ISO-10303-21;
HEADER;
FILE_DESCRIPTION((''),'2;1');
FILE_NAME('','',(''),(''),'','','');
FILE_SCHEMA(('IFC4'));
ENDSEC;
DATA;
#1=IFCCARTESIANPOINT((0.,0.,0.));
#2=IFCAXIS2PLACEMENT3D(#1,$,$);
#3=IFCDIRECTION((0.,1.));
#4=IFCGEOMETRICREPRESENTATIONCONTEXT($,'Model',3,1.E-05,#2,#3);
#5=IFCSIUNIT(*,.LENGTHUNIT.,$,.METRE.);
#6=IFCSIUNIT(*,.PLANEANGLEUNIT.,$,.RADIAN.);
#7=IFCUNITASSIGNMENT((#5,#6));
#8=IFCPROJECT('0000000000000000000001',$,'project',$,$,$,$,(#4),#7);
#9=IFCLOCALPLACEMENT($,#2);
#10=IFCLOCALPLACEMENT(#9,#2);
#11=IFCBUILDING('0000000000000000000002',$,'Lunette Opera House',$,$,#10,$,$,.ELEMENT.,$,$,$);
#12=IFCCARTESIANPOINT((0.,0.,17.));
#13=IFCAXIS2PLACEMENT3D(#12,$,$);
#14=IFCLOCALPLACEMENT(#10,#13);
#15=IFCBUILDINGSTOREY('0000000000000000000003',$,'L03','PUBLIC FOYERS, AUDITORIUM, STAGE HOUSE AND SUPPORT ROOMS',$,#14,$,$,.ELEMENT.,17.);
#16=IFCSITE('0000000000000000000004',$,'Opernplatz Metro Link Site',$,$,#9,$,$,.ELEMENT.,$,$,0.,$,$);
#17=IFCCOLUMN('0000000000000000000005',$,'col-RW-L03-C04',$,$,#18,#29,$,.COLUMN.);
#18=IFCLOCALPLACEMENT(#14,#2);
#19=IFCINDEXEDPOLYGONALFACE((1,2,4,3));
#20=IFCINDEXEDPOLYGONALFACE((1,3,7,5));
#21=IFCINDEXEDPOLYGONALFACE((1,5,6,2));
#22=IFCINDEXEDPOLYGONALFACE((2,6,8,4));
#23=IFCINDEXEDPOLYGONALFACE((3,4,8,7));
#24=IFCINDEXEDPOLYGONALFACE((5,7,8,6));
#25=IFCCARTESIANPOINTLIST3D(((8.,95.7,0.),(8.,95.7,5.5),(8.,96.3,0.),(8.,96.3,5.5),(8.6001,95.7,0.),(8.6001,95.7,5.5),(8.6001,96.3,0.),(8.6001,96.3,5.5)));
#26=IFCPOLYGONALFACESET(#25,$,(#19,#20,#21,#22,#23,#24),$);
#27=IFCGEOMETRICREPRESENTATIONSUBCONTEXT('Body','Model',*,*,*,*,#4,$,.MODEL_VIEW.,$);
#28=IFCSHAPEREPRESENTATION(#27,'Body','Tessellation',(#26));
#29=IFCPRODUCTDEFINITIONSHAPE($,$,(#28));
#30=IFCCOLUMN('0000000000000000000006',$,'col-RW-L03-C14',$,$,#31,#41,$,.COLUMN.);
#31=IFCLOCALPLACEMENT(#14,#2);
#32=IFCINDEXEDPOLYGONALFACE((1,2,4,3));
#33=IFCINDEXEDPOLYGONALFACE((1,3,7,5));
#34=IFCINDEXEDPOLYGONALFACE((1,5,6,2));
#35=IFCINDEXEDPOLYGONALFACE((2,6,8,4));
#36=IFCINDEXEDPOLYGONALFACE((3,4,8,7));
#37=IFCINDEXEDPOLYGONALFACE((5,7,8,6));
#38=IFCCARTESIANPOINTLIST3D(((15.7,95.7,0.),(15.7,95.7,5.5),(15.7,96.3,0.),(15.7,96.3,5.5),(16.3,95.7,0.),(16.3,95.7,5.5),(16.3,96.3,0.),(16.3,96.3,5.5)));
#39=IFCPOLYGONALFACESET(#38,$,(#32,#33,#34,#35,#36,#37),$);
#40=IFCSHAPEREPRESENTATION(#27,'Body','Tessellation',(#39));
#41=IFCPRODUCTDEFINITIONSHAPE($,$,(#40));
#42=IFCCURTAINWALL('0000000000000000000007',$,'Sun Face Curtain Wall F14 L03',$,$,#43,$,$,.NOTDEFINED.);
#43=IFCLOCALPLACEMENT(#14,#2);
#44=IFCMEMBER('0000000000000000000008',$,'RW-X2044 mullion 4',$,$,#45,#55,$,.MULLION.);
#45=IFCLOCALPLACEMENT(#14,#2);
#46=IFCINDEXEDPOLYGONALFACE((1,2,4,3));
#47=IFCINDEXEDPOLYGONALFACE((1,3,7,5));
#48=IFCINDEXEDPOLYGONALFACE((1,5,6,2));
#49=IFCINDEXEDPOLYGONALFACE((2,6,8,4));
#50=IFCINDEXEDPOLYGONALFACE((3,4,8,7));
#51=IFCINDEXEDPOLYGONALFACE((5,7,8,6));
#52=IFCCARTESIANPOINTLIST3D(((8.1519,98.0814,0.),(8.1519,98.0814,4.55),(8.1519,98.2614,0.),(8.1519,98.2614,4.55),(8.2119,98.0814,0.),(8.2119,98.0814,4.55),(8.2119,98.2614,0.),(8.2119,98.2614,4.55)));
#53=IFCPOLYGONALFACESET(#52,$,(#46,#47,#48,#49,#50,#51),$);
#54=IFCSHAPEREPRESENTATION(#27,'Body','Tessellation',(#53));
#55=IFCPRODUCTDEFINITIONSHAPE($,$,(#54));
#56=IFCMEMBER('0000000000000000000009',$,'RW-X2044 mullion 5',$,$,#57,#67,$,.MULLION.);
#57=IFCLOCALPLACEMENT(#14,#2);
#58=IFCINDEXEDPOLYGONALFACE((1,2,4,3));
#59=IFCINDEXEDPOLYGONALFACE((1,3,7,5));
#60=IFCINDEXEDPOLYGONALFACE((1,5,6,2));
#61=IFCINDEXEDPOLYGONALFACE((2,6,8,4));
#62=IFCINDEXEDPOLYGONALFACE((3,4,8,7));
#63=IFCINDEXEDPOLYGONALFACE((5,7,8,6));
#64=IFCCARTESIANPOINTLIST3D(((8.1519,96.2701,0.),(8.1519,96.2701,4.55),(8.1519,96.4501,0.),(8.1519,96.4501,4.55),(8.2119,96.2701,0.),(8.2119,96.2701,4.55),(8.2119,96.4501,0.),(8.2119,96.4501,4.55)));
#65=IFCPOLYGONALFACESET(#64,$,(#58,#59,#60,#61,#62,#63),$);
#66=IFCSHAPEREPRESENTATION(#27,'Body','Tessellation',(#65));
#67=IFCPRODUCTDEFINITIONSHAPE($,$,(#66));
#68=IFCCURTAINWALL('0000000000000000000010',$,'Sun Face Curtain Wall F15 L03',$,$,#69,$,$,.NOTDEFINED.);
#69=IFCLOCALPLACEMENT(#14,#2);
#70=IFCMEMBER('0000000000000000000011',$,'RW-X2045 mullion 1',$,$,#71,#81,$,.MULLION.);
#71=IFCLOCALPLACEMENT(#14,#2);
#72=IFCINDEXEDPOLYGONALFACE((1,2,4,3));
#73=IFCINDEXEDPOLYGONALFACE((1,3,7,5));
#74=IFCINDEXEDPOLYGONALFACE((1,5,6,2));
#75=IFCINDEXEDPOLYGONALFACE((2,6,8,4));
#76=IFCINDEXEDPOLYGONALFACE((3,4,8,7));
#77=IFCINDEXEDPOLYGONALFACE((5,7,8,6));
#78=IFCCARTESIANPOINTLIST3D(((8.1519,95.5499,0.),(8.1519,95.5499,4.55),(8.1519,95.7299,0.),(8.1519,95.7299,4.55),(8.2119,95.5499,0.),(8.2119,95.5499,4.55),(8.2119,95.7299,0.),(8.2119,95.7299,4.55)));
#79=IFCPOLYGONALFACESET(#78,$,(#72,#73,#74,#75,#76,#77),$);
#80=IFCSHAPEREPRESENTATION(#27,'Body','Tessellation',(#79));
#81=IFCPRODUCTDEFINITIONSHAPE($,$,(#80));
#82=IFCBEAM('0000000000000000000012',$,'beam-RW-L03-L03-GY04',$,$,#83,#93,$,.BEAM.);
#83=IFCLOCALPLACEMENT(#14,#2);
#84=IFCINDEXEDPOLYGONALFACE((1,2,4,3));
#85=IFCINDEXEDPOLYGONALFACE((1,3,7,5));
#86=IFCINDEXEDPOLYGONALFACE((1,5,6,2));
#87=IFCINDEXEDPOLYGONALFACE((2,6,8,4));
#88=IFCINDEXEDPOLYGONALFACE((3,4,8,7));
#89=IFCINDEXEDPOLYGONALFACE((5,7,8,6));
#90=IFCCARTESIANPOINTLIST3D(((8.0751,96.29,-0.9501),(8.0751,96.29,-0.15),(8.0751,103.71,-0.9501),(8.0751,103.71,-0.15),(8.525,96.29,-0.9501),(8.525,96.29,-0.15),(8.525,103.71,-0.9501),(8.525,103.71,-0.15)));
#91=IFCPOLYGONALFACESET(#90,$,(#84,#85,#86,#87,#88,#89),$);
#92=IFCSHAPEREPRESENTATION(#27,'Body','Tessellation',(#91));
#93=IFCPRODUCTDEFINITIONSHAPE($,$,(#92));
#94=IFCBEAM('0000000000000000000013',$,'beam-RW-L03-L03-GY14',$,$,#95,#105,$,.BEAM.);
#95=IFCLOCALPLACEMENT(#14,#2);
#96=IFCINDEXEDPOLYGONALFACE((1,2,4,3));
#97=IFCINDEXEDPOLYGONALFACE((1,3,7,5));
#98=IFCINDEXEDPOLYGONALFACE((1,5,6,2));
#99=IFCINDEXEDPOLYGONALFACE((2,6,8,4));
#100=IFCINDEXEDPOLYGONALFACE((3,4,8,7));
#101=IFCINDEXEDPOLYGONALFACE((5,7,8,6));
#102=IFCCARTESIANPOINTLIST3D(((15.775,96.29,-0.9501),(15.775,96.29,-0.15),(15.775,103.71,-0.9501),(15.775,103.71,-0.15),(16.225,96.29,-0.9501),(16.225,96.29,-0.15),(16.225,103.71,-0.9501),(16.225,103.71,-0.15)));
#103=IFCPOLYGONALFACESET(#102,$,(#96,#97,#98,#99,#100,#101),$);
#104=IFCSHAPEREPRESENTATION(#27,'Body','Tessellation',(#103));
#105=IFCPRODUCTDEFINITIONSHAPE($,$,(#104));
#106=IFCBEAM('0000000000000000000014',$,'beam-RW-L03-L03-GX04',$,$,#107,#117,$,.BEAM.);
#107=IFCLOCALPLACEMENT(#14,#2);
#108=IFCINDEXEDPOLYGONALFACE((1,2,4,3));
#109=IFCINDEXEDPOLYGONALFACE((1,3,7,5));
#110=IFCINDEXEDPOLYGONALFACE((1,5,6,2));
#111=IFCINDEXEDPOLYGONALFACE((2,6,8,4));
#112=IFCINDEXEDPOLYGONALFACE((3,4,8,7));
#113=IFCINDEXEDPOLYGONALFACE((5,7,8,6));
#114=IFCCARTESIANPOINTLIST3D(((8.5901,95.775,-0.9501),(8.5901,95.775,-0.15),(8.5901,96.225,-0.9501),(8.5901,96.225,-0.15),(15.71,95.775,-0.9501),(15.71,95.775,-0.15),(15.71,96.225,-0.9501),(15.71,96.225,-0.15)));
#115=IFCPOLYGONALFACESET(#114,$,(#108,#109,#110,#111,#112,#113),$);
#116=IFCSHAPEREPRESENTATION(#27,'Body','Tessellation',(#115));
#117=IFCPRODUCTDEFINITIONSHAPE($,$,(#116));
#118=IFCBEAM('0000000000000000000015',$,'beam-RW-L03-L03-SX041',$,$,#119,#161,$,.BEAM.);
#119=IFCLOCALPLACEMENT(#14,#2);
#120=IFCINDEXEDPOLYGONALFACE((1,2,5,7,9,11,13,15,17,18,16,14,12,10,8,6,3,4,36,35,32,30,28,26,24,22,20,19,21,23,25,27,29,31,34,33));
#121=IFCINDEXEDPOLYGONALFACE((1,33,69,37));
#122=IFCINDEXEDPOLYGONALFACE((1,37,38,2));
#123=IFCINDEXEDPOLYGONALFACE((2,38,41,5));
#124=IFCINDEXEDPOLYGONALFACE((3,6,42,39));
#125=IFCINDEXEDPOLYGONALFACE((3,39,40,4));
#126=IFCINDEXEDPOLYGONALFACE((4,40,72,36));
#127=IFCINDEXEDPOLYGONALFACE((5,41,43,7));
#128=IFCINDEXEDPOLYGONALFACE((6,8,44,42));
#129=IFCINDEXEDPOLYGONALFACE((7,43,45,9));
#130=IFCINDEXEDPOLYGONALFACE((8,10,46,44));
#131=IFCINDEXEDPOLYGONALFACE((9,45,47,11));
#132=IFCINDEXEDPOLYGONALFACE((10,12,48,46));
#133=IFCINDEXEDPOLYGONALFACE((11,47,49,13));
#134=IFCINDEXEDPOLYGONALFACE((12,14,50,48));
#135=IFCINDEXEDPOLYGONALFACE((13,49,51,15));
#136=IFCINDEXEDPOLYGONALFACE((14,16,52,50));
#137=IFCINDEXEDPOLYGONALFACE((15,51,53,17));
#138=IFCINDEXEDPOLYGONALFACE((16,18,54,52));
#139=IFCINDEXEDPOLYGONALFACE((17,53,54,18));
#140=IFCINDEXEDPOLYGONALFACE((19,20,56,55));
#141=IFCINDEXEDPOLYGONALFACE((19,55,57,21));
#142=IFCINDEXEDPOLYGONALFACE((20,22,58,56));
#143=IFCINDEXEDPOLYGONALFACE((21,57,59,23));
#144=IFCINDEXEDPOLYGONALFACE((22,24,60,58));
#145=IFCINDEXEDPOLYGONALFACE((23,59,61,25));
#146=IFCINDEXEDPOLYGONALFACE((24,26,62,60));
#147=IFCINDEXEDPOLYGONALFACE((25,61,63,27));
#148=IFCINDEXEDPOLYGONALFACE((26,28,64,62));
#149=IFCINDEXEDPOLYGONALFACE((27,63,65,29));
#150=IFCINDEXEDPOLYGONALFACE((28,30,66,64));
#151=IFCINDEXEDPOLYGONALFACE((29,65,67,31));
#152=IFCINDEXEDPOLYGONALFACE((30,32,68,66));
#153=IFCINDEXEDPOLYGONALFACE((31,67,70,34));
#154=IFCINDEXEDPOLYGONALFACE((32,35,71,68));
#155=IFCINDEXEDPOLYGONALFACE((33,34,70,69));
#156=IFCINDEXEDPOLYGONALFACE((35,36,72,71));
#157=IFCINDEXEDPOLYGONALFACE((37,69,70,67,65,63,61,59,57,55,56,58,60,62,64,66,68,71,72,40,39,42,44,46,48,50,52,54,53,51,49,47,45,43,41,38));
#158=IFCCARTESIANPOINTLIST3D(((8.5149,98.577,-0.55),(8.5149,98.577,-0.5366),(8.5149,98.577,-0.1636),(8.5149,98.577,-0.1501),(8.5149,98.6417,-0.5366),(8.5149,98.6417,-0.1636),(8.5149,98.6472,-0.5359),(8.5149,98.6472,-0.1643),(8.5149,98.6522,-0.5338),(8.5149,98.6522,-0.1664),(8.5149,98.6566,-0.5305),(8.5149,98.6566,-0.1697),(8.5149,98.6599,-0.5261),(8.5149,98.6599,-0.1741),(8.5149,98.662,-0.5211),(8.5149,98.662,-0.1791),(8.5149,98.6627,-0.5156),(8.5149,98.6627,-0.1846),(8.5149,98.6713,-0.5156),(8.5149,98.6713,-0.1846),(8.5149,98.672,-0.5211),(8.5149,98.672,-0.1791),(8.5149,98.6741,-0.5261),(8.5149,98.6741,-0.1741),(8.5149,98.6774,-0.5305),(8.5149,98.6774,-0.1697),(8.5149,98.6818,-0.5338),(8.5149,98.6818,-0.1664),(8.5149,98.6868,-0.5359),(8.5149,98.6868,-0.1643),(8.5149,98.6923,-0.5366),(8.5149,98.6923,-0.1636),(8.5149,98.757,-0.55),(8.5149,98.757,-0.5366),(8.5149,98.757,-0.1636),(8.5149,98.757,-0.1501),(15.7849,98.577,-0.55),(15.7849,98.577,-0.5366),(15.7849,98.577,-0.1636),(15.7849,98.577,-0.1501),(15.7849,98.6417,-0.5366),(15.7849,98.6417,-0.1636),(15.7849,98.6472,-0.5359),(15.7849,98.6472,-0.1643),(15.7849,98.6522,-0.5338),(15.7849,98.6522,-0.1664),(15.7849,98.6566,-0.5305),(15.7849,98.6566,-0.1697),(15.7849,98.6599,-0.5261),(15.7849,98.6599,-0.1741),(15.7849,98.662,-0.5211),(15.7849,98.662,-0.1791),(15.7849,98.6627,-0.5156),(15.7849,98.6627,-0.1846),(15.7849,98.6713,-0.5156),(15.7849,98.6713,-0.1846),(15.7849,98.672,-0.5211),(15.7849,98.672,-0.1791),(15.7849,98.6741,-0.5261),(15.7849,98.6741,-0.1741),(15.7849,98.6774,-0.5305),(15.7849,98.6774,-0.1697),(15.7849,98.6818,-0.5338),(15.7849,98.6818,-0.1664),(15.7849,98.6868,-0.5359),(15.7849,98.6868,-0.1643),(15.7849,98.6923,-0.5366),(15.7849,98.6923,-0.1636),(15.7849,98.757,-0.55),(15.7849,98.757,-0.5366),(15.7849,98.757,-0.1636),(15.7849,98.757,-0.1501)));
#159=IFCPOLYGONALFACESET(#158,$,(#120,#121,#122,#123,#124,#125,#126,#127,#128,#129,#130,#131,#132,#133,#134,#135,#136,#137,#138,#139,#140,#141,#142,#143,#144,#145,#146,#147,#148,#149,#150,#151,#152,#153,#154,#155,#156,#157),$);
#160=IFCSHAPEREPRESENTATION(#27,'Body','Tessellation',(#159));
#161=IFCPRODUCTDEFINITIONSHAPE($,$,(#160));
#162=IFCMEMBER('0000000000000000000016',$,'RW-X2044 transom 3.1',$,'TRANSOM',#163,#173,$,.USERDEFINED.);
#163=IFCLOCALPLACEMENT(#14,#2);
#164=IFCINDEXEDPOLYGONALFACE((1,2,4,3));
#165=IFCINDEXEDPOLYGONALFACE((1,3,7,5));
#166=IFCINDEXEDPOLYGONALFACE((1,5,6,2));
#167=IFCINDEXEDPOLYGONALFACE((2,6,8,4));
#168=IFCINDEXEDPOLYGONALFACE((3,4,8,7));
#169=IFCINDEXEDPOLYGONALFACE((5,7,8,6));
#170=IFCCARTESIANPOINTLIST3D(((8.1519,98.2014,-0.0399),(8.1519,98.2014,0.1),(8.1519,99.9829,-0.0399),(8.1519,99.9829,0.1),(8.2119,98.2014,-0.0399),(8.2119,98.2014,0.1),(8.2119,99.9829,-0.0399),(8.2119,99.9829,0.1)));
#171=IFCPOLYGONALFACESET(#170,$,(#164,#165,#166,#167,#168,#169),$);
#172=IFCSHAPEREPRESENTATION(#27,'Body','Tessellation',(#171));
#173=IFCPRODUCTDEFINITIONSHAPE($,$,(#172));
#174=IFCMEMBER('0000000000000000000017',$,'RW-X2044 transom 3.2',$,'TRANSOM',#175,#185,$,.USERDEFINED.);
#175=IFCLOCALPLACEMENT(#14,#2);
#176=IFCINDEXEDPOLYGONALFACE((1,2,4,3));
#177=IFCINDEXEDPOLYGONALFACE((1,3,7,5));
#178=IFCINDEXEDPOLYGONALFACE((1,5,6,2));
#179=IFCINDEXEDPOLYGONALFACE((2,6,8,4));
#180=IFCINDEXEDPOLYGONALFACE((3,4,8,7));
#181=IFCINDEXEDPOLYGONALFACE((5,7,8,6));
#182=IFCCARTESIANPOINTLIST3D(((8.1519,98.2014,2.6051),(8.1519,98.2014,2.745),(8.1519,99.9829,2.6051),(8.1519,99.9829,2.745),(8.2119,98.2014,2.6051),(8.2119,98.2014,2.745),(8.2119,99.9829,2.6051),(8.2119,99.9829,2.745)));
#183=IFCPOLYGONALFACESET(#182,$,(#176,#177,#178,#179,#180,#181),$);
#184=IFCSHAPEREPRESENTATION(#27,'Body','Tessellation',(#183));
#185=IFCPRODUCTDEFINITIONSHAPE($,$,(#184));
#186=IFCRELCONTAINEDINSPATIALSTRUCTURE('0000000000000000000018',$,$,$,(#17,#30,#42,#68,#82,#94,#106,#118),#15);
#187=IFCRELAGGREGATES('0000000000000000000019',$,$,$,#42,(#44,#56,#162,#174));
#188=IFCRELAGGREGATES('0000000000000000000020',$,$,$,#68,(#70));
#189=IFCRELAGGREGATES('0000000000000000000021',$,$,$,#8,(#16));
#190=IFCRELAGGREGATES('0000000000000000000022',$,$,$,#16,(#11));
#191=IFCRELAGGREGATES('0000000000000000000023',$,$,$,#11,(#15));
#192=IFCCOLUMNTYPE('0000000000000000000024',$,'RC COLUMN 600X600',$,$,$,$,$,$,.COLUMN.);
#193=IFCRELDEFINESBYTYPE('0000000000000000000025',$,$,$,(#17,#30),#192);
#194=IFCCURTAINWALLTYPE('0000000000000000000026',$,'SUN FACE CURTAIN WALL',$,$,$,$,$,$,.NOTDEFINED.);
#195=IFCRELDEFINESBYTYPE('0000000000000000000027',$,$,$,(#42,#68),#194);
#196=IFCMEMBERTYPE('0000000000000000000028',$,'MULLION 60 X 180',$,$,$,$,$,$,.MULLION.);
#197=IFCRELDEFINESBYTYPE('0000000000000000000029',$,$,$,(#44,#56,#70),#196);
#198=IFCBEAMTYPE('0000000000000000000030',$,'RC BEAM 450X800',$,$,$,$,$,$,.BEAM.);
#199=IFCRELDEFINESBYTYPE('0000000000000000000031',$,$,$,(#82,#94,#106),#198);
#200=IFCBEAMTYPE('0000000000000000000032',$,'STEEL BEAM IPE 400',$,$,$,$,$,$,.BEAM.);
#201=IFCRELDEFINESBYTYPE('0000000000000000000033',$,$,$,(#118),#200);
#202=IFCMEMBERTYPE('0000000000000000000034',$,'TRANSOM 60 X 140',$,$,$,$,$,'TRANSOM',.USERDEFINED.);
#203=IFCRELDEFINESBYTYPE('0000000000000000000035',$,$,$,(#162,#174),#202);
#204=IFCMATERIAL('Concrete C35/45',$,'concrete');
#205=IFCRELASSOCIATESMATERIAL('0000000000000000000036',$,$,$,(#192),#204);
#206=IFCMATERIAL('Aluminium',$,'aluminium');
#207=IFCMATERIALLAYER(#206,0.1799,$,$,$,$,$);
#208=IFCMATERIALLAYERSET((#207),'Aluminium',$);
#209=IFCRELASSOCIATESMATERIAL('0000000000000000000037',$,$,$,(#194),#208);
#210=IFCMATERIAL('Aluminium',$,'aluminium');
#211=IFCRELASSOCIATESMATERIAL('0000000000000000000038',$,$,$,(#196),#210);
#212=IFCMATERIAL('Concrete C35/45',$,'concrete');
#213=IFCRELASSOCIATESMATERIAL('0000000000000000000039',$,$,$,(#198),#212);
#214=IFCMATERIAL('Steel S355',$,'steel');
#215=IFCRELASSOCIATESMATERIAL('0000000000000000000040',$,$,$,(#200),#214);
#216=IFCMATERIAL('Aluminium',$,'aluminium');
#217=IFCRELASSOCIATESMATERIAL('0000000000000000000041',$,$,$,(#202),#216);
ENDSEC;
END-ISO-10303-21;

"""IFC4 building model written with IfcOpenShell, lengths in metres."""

from ifc_helpers import new_model, si_unit, direction, frame, origin, origin_2d, place, context, subcontext, project, spatial, rectangle, i_section, extrude, material, layer, layer_set, material_profile, profile_set, type_object, element, aggregate, save


model = new_model("IFC4")

# Units and contexts
model_context = context("Model", 3, precision=1e-05, world=origin(), true_north=direction((0.0, 1.0)))
body_context = subcontext(model_context, "Body", "Model", "MODEL_VIEW")
ifc_project = project(units=[si_unit("LENGTHUNIT", "METRE"), si_unit("PLANEANGLEUNIT", "RADIAN")], contexts=[model_context])

# Site, building, storey
site_placement = place(None, origin())
site = spatial("IfcSite", under=ifc_project, at=site_placement, Name="Opernplatz Metro Link Site", CompositionType="ELEMENT", RefElevation=0.0)
building_placement = place(site_placement, origin())
building = spatial("IfcBuilding", under=site, at=building_placement, Name="Lunette Opera House", CompositionType="ELEMENT")
storey_placement = place(building_placement, frame((0.0, 0.0, 17.0)))
storey = spatial("IfcBuildingStorey", under=building, at=storey_placement, Name="L03", Description="PUBLIC FOYERS, AUDITORIUM, STAGE HOUSE AND SUPPORT ROOMS", CompositionType="ELEMENT", Elevation=17.0)

# Columns
ifc_material_1 = material(Name="Concrete C35/45", Category="concrete")
ifc_material_profile_1 = material_profile(ifc_material_1, rectangle(XDim=0.6001, YDim=0.6001, at=origin_2d()), Name="RC COLUMN 600X600")
ifc_profile_set_1 = profile_set([ifc_material_profile_1], Name="Concrete C35/45")
column_type = type_object("IfcColumnType", Name="RC COLUMN 600X600", PredefinedType="COLUMN", material=ifc_profile_set_1)
for number, where, z_axis, x_axis, name in (
    (1, (8.3, 96.0, 0.0), (0.0, 0.0, 1.0), (1.0, 0.0, 0.0), "col-RW-L03-C04"),
    (2, (16.0, 96.0, 0.0), (0.0, 0.0, 1.0), (1.0, 0.0, 0.0), "col-RW-L03-C14"),
):
    element("IfcColumn", number, at=place(storey_placement, frame(where, z_axis=z_axis, x_axis=x_axis)), inside=storey, type_object=column_type, Name=name, PredefinedType="COLUMN", context=body_context, shape_type="SweptSolid", body=[
        extrude(rectangle(XDim=0.6001, YDim=0.6001, at=origin_2d()), origin(), (0.0, 0.0, 1.0), 5.5),
    ])

# Curtain wall, members
ifc_material_2 = material(Name="Aluminium", Category="aluminium")
ifc_layer_1 = layer(ifc_material_2, 0.1799)
ifc_layer_set_1 = layer_set([ifc_layer_1], Name="Aluminium")
curtain_wall_type = type_object("IfcCurtainWallType", Name="SUN FACE CURTAIN WALL", PredefinedType="NOTDEFINED", material=ifc_layer_set_1)
curtain_wall_1_placement = place(storey_placement, origin())
curtain_wall_1 = element("IfcCurtainWall", 3, at=curtain_wall_1_placement, inside=storey, type_object=curtain_wall_type, Name="Sun Face Curtain Wall F14 L03", PredefinedType="NOTDEFINED")
ifc_material_3 = material(Name="Aluminium", Category="aluminium")
ifc_material_profile_2 = material_profile(ifc_material_3, rectangle(XDim=0.0601, YDim=0.1799, at=origin_2d()), Name="MULLION 60 X 180")
ifc_profile_set_2 = profile_set([ifc_material_profile_2], Name="Aluminium")
member_type_1 = type_object("IfcMemberType", Name="MULLION 60 X 180", PredefinedType="MULLION", material=ifc_profile_set_2)
member_1_placement = place(storey_placement, frame((8.1819, 98.1714, 0.0), z_axis=(0.0, 0.0, 1.0), x_axis=(1.0, 0.0, 0.0)))
member_1 = element("IfcMember", 4, at=member_1_placement, type_object=member_type_1, Name="RW-X2044 mullion 4", PredefinedType="MULLION", context=body_context, shape_type="SweptSolid", body=[
    extrude(rectangle(XDim=0.0601, YDim=0.1799, at=origin_2d()), origin(), (0.0, 0.0, 1.0), 4.55),
])
member_2_placement = place(storey_placement, frame((8.1819, 96.3601, 0.0), z_axis=(0.0, 0.0, 1.0), x_axis=(1.0, 0.0, 0.0)))
member_2 = element("IfcMember", 5, at=member_2_placement, type_object=member_type_1, Name="RW-X2044 mullion 5", PredefinedType="MULLION", context=body_context, shape_type="SweptSolid", body=[
    extrude(rectangle(XDim=0.0601, YDim=0.1799, at=origin_2d()), origin(), (0.0, 0.0, 1.0), 4.55),
])

# Curtain wall, member
curtain_wall_2_placement = place(storey_placement, origin())
curtain_wall_2 = element("IfcCurtainWall", 6, at=curtain_wall_2_placement, inside=storey, type_object=curtain_wall_type, Name="Sun Face Curtain Wall F15 L03", PredefinedType="NOTDEFINED")
member_3_placement = place(storey_placement, frame((8.1819, 95.6399, 0.0), z_axis=(0.0, 0.0, 1.0), x_axis=(1.0, 0.0, 0.0)))
member_3 = element("IfcMember", 7, at=member_3_placement, type_object=member_type_1, Name="RW-X2045 mullion 1", PredefinedType="MULLION", context=body_context, shape_type="SweptSolid", body=[
    extrude(rectangle(XDim=0.0601, YDim=0.1799, at=origin_2d()), origin(), (0.0, 0.0, 1.0), 4.55),
])

# Beams
ifc_material_4 = material(Name="Concrete C35/45", Category="concrete")
ifc_material_profile_3 = material_profile(ifc_material_4, rectangle(XDim=0.45, YDim=0.8, at=origin_2d()), Name="RC BEAM 450X800")
ifc_profile_set_3 = profile_set([ifc_material_profile_3], Name="Concrete C35/45")
beam_type_1 = type_object("IfcBeamType", Name="RC BEAM 450X800", PredefinedType="BEAM", material=ifc_profile_set_3)
for number, where, z_axis, x_axis, name in (
    (8, (8.3, 96.29, -0.55), (0.0, 1.0, 0.0), (-1.0, 0.0, 0.0), "beam-RW-L03-L03-GY04"),
    (9, (16.0, 96.29, -0.55), (0.0, 1.0, 0.0), (-1.0, 0.0, 0.0), "beam-RW-L03-L03-GY14"),
):
    element("IfcBeam", number, at=place(storey_placement, frame(where, z_axis=z_axis, x_axis=x_axis)), inside=storey, type_object=beam_type_1, Name=name, PredefinedType="BEAM", context=body_context, shape_type="SweptSolid", body=[
        extrude(rectangle(XDim=0.45, YDim=0.8, at=origin_2d()), origin(), (0.0, 0.0, 1.0), 7.4199),
    ])
beam_1_placement = place(storey_placement, frame((8.5901, 96.0, -0.55), z_axis=(1.0, 0.0, 0.0), x_axis=(0.0, 1.0, 0.0)))
element("IfcBeam", 10, at=beam_1_placement, inside=storey, type_object=beam_type_1, Name="beam-RW-L03-L03-GX04", PredefinedType="BEAM", context=body_context, shape_type="SweptSolid", body=[
    extrude(rectangle(XDim=0.45, YDim=0.8, at=origin_2d()), origin(), (0.0, 0.0, 1.0), 7.1199),
])
ifc_material_5 = material(Name="Steel S355", Category="steel")
ifc_material_profile_4 = material_profile(ifc_material_5, i_section(OverallWidth=0.1799, OverallDepth=0.3999, WebThickness=0.0085, FlangeThickness=0.0134, FilletRadius=0.021, at=origin_2d()), Name="IPE 400")
ifc_profile_set_4 = profile_set([ifc_material_profile_4], Name="Steel S355")
beam_type_2 = type_object("IfcBeamType", Name="STEEL BEAM IPE 400", PredefinedType="BEAM", material=ifc_profile_set_4)
beam_2_placement = place(storey_placement, frame((8.5149, 98.667, -0.3501), z_axis=(1.0, 0.0, 0.0), x_axis=(0.0, 1.0, 0.0)))
element("IfcBeam", 11, at=beam_2_placement, inside=storey, type_object=beam_type_2, Name="beam-RW-L03-L03-SX041", PredefinedType="BEAM", context=body_context, shape_type="SweptSolid", body=[
    extrude(i_section(OverallWidth=0.1799, OverallDepth=0.3999, WebThickness=0.0085, FlangeThickness=0.0134, FilletRadius=0.021, at=origin_2d()), origin(), (0.0, 0.0, 1.0), 7.27),
])

# Members
ifc_material_6 = material(Name="Aluminium", Category="aluminium")
ifc_material_profile_5 = material_profile(ifc_material_6, rectangle(XDim=0.0601, YDim=0.1399, at=origin_2d()), Name="TRANSOM 60 X 140")
ifc_profile_set_5 = profile_set([ifc_material_profile_5], Name="Aluminium")
member_type_2 = type_object("IfcMemberType", Name="TRANSOM 60 X 140", ElementType="TRANSOM", PredefinedType="USERDEFINED", material=ifc_profile_set_5)
member_4_placement = place(storey_placement, frame((8.1819, 99.9829, 0.03), z_axis=(0.0, -1.0, 0.0), x_axis=(1.0, 0.0, 0.0)))
member_4 = element("IfcMember", 12, at=member_4_placement, type_object=member_type_2, Name="RW-X2044 transom 3.1", ObjectType="TRANSOM", PredefinedType="USERDEFINED", context=body_context, shape_type="SweptSolid", body=[
    extrude(rectangle(XDim=0.0601, YDim=0.1399, at=origin_2d()), origin(), (0.0, 0.0, 1.0), 1.7815),
])
member_5_placement = place(storey_placement, frame((8.1819, 99.9829, 2.675), z_axis=(0.0, -1.0, 0.0), x_axis=(1.0, 0.0, 0.0)))
member_5 = element("IfcMember", 13, at=member_5_placement, type_object=member_type_2, Name="RW-X2044 transom 3.2", ObjectType="TRANSOM", PredefinedType="USERDEFINED", context=body_context, shape_type="SweptSolid", body=[
    extrude(rectangle(XDim=0.0601, YDim=0.1399, at=origin_2d()), origin(), (0.0, 0.0, 1.0), 1.7815),
])

aggregate(curtain_wall_1, [member_1, member_2, member_4, member_5])
aggregate(curtain_wall_2, [member_3])

save(model, "model.ifc")
